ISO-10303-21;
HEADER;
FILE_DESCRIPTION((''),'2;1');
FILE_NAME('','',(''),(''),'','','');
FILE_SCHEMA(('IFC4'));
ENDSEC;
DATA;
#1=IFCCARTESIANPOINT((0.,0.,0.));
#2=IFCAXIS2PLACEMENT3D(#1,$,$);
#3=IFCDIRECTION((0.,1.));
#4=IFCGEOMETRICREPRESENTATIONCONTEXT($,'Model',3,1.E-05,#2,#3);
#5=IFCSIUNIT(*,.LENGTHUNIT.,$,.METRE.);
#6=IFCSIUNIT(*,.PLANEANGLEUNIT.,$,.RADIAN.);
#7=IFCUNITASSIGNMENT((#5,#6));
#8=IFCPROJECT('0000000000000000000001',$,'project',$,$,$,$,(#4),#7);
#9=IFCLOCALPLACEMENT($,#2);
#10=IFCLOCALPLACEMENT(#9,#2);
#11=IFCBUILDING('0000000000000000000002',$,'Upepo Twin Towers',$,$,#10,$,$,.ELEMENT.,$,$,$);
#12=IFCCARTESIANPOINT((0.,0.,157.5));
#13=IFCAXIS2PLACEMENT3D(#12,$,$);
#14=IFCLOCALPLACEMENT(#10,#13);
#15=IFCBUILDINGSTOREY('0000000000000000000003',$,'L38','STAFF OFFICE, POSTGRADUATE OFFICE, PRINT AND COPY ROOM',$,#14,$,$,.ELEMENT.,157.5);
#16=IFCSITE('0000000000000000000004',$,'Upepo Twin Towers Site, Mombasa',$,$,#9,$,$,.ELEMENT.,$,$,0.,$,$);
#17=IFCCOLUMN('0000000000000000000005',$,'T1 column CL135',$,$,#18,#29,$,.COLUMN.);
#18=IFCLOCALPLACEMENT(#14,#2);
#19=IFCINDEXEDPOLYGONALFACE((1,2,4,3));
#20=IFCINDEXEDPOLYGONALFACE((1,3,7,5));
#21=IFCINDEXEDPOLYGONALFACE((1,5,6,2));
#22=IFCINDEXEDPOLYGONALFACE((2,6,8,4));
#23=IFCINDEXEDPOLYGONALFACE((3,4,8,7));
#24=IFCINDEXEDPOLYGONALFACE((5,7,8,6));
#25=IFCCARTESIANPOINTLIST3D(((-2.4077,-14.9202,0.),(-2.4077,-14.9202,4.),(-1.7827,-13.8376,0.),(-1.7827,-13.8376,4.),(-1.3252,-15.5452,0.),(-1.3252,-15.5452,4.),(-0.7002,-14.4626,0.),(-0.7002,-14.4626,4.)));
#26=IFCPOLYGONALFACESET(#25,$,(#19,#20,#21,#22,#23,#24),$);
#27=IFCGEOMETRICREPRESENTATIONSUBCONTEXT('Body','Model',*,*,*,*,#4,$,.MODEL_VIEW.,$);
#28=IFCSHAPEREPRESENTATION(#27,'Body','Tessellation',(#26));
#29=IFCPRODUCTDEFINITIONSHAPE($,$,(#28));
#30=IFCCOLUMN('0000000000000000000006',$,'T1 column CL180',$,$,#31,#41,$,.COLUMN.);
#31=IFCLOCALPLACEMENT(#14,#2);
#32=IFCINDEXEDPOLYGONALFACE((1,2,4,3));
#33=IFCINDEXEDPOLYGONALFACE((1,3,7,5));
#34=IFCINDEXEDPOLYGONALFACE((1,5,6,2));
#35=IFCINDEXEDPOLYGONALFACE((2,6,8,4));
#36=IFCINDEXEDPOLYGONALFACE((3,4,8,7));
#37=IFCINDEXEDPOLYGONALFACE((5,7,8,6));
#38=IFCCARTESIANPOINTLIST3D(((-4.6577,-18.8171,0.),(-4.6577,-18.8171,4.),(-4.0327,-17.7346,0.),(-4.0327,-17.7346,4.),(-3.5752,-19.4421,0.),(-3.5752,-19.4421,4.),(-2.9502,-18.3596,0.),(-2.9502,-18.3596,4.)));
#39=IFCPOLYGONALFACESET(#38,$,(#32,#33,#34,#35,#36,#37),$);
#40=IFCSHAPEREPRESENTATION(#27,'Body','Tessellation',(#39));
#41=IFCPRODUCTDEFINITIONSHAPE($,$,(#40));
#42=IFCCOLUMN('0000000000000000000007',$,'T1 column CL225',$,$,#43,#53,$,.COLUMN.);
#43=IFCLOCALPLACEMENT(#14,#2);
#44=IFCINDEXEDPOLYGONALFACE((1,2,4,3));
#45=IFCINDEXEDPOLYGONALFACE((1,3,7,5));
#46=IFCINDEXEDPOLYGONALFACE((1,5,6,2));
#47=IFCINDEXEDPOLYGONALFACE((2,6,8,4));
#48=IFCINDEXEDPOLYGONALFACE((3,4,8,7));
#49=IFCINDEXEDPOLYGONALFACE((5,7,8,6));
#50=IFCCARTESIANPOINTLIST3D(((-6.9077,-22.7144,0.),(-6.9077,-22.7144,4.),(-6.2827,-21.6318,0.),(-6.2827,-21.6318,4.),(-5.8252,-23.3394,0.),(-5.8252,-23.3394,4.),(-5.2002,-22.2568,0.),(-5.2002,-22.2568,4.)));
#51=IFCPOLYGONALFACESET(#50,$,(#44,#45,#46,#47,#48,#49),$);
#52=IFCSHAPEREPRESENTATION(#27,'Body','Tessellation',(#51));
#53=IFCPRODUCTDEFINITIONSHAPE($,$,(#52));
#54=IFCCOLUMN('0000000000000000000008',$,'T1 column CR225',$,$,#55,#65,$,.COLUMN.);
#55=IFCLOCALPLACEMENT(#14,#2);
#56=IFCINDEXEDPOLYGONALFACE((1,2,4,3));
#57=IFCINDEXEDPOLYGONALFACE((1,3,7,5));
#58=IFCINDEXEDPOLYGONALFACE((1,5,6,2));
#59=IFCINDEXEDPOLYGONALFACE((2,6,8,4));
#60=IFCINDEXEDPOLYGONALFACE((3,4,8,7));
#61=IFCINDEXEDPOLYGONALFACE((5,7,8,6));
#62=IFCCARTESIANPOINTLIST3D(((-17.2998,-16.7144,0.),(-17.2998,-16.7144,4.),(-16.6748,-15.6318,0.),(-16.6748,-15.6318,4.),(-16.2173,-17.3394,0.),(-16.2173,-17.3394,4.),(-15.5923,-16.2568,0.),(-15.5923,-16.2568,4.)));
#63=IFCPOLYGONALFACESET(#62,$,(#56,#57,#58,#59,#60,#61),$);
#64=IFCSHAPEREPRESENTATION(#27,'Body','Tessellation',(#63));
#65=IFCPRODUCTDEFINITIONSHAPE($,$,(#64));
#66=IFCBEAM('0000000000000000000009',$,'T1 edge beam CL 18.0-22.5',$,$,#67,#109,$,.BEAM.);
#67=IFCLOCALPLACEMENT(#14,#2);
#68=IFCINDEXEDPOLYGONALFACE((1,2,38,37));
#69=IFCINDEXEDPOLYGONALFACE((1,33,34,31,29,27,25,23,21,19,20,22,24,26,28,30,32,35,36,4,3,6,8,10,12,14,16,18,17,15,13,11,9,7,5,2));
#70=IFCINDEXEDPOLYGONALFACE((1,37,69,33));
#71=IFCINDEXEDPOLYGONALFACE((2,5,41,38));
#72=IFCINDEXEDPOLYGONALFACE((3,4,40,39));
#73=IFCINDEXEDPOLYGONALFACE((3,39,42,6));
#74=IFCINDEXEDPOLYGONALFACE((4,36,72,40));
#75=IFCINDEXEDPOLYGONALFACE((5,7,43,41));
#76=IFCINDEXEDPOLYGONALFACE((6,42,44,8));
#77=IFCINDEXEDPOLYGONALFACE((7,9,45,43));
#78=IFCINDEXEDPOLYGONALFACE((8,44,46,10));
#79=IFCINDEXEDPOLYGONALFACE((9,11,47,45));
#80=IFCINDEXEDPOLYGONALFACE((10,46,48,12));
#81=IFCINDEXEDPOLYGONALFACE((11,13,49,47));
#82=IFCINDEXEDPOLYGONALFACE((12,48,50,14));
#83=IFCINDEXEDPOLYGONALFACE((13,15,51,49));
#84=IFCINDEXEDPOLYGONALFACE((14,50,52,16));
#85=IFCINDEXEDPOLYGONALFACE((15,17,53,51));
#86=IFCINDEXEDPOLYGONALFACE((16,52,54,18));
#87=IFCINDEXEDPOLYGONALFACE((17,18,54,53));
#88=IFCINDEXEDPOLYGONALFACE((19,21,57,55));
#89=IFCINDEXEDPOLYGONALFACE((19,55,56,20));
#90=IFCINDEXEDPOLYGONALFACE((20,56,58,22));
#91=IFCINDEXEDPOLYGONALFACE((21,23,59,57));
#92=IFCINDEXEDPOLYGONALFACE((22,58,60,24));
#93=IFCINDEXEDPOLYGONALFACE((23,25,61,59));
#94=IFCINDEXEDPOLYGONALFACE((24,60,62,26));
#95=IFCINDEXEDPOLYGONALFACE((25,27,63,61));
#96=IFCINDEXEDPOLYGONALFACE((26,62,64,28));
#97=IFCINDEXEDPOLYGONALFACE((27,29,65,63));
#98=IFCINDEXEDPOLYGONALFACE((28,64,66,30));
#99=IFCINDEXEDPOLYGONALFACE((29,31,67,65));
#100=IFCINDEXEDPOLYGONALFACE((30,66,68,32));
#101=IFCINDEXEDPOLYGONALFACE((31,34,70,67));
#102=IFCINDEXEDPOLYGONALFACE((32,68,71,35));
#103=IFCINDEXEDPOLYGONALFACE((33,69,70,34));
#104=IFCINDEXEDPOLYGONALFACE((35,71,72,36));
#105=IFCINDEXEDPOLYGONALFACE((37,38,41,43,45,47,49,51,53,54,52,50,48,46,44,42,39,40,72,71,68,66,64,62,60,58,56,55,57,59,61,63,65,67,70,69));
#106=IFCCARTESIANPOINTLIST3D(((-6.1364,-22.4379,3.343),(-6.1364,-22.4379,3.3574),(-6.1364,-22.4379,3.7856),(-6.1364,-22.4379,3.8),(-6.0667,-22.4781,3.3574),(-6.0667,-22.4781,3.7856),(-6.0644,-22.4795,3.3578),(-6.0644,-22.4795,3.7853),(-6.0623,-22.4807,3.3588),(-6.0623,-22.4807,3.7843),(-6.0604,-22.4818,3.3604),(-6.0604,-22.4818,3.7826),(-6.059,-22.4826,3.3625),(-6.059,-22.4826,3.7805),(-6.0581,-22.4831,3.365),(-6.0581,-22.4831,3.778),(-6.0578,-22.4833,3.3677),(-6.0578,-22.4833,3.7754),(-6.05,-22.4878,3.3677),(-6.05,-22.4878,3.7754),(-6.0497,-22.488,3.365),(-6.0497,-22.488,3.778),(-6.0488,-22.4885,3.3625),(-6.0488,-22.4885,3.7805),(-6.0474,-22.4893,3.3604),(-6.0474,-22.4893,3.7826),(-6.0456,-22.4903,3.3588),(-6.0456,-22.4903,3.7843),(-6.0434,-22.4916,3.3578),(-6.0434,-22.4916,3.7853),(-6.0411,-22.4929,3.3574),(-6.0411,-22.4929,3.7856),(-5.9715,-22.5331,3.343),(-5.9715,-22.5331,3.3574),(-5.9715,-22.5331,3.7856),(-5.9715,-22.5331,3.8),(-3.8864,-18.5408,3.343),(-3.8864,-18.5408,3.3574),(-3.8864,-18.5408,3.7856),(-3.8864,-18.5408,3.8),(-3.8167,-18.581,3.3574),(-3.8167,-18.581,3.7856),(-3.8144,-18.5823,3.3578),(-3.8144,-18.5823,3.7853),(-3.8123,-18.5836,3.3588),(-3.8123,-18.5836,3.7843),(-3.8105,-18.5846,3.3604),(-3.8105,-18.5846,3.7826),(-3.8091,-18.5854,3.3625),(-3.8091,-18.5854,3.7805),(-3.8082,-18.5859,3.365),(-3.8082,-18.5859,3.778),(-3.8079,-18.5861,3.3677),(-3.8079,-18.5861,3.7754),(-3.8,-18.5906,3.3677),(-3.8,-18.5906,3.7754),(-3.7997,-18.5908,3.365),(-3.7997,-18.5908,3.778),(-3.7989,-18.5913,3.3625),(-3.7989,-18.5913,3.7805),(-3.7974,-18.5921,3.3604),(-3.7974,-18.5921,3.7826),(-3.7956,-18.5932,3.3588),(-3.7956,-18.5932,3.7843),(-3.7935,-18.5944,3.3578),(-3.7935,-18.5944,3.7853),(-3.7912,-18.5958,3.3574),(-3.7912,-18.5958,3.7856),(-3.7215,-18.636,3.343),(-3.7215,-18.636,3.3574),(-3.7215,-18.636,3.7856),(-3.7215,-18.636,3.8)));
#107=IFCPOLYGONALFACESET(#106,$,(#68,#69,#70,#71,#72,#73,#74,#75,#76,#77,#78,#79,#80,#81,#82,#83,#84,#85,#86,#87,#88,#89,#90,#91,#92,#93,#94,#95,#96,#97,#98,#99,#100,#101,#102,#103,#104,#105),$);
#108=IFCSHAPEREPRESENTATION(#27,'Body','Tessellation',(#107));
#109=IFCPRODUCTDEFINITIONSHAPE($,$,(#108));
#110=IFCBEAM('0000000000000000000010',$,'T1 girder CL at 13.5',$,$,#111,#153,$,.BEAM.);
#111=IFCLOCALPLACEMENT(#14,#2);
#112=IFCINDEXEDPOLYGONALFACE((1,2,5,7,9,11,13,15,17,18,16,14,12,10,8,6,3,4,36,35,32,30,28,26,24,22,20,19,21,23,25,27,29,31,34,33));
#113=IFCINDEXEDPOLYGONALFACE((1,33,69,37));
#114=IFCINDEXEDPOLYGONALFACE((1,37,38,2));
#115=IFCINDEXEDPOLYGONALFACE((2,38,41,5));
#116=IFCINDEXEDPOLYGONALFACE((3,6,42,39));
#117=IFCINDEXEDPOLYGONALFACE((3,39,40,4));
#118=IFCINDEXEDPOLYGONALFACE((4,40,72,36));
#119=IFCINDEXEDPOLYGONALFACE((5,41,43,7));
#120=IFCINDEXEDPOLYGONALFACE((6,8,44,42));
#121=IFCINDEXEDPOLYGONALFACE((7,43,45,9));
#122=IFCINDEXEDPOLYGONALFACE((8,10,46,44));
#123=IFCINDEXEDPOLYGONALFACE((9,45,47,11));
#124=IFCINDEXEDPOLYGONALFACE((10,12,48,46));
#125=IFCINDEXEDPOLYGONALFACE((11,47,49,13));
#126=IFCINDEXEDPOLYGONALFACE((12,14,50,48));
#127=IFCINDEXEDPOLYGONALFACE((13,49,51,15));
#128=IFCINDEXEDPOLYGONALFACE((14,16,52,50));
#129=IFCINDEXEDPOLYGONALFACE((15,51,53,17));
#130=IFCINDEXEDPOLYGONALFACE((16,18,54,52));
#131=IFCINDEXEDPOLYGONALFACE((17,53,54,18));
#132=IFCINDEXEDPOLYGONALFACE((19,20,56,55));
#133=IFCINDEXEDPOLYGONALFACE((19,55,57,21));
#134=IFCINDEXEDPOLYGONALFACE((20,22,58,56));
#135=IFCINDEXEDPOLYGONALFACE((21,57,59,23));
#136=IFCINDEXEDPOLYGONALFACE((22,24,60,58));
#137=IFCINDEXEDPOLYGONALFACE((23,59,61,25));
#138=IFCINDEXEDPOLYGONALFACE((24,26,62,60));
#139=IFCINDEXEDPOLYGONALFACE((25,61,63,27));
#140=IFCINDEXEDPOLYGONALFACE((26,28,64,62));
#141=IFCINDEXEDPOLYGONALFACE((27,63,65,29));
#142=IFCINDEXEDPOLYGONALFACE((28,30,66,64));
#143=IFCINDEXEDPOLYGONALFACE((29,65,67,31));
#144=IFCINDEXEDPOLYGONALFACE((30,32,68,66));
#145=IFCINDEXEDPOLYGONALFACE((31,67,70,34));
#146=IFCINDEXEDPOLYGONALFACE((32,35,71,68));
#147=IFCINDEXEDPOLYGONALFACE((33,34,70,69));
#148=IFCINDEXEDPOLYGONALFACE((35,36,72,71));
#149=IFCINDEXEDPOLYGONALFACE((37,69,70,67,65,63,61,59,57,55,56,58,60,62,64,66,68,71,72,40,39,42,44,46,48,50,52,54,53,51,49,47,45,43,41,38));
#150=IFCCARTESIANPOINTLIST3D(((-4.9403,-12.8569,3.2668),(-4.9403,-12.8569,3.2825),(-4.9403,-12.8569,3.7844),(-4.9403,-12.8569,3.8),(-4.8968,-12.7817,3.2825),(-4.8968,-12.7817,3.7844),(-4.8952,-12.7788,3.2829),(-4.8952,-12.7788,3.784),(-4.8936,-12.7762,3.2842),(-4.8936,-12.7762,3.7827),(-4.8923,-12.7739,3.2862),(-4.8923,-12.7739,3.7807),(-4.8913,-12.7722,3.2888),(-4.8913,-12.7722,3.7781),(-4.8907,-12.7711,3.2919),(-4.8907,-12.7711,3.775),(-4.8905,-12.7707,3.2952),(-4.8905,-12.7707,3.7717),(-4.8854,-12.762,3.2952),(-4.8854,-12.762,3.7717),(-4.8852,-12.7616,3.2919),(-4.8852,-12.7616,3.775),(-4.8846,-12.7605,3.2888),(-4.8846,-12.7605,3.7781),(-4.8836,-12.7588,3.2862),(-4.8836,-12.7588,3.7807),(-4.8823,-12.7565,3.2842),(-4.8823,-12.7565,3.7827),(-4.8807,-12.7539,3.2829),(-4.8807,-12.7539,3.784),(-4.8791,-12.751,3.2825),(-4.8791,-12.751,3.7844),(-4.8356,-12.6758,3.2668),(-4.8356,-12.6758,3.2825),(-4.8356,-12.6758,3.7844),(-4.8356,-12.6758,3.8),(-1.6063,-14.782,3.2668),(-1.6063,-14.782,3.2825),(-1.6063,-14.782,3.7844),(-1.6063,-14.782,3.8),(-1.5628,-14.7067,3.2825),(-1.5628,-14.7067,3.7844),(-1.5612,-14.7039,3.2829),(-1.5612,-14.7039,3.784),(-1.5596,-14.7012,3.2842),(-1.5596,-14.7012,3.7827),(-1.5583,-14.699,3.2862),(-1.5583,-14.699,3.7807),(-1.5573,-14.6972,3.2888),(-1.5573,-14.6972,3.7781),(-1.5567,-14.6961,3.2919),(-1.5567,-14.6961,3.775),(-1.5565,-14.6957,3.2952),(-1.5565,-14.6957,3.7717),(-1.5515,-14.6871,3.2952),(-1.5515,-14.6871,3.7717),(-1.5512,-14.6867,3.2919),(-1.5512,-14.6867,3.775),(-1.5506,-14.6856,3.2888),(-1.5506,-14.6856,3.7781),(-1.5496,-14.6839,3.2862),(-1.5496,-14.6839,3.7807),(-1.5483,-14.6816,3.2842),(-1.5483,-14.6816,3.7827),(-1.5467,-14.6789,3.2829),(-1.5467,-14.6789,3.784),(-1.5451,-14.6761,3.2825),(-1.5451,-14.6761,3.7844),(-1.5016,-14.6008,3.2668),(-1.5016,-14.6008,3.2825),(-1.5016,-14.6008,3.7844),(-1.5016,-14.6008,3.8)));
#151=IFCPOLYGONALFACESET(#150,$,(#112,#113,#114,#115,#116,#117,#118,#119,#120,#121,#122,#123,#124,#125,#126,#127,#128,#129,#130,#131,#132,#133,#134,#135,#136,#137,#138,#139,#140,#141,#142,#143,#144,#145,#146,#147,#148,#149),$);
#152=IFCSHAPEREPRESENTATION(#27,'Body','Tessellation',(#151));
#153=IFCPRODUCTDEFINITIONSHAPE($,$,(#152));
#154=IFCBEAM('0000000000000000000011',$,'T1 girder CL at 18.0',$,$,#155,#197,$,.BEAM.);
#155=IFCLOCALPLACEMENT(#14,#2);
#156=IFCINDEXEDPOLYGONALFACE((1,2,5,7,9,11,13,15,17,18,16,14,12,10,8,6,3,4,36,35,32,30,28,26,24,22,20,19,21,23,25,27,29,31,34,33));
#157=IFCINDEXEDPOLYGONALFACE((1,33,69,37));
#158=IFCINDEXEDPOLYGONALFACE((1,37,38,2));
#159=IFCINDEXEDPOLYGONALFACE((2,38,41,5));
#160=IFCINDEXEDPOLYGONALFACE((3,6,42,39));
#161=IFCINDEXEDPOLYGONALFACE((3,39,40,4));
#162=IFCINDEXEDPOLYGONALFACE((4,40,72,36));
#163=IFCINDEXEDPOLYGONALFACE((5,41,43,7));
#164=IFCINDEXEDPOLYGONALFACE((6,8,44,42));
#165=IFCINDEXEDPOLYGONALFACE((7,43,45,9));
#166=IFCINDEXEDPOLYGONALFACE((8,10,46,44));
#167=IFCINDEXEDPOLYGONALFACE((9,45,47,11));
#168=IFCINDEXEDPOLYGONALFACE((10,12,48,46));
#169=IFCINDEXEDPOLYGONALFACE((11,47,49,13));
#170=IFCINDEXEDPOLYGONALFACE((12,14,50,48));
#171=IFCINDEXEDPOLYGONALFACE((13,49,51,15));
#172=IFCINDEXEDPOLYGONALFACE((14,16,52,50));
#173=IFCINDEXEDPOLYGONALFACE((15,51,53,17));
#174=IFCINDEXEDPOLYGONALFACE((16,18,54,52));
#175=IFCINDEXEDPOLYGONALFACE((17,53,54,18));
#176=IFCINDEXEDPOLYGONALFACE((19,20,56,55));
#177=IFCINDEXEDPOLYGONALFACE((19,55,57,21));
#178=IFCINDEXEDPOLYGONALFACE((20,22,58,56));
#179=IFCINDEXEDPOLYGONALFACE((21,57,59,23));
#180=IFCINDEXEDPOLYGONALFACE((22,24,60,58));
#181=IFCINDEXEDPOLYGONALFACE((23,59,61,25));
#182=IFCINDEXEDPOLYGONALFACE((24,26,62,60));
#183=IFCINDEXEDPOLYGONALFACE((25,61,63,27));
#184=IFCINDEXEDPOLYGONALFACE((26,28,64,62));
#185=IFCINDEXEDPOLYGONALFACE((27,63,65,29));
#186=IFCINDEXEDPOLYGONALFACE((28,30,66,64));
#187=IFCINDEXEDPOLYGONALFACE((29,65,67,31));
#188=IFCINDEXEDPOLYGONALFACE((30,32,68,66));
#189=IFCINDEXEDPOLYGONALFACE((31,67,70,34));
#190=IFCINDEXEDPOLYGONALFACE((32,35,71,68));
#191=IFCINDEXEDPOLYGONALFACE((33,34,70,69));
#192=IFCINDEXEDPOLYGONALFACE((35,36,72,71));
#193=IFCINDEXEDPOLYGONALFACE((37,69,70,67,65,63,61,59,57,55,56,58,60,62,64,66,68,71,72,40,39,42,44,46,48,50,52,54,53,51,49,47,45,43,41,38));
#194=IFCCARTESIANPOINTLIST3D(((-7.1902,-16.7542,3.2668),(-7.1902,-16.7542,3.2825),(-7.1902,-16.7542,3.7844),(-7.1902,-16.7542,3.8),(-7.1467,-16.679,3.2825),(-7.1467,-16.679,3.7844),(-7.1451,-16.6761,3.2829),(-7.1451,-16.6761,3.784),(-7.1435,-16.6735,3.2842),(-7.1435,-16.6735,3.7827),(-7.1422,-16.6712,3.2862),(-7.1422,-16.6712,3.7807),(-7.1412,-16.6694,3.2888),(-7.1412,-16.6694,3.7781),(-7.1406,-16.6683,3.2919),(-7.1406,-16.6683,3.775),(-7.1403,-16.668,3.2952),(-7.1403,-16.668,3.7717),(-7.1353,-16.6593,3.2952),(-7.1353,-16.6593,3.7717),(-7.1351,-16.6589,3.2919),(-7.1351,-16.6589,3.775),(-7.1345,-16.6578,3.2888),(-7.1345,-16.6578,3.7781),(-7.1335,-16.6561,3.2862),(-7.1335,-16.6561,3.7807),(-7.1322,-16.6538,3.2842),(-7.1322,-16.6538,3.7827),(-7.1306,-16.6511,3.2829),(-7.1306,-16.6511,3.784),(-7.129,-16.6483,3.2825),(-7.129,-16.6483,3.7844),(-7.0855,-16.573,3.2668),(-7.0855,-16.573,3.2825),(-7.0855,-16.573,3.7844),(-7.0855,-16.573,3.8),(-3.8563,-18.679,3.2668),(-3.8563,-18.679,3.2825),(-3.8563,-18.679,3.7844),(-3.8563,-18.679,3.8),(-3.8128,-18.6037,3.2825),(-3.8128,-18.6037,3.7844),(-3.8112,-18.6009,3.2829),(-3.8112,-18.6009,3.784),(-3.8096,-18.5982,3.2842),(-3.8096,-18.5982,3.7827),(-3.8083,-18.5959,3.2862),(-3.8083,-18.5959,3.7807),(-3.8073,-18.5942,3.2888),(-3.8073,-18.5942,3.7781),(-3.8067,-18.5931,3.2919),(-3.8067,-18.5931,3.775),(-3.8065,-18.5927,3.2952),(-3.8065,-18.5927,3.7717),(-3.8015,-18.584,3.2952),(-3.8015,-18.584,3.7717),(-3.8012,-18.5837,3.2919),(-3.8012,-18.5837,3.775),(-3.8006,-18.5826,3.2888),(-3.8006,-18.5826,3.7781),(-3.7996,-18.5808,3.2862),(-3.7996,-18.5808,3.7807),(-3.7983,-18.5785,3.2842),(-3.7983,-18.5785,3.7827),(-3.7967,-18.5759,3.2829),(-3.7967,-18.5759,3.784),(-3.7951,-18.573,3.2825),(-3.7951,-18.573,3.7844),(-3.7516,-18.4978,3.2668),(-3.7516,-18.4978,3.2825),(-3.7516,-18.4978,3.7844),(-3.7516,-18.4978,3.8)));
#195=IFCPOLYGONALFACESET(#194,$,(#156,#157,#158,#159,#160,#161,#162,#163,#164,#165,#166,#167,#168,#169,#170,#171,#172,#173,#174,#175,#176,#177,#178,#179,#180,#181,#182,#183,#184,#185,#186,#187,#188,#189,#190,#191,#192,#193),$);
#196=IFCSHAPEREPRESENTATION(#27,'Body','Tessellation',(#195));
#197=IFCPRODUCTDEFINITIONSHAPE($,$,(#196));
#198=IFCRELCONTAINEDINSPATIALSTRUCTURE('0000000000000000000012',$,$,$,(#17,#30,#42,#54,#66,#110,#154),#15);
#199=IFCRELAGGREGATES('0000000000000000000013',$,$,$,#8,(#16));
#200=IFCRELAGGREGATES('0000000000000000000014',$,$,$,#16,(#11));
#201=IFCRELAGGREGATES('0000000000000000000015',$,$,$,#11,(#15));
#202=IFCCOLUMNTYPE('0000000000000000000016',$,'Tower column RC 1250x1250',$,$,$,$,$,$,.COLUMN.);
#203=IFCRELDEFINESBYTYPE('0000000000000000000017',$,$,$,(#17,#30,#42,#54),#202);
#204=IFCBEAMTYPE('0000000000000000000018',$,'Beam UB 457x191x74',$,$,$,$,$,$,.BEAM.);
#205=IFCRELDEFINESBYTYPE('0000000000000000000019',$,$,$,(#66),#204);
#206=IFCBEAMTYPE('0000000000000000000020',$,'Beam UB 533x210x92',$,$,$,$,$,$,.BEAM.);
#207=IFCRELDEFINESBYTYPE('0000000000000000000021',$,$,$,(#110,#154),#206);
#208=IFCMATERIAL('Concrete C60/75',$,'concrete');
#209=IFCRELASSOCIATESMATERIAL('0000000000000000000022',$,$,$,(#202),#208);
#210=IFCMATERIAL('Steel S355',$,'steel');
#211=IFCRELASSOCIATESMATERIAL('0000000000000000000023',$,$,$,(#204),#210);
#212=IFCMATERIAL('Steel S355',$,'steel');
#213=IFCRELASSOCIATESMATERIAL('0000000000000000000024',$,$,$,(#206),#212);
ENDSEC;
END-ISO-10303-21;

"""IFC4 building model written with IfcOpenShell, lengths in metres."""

from ifc_helpers import new_model, si_unit, direction, frame, origin, origin_2d, place, context, subcontext, project, spatial, rectangle, i_section, extrude, material, material_profile, profile_set, type_object, element, save


model = new_model("IFC4")

# Units and contexts
model_context = context("Model", 3, precision=1e-05, world=origin(), true_north=direction((0.0, 1.0)))
body_context = subcontext(model_context, "Body", "Model", "MODEL_VIEW")
ifc_project = project(units=[si_unit("LENGTHUNIT", "METRE"), si_unit("PLANEANGLEUNIT", "RADIAN")], contexts=[model_context])

# Site, building, storey
site_placement = place(None, origin())
site = spatial("IfcSite", under=ifc_project, at=site_placement, Name="Upepo Twin Towers Site, Mombasa", CompositionType="ELEMENT", RefElevation=0.0)
building_placement = place(site_placement, origin())
building = spatial("IfcBuilding", under=site, at=building_placement, Name="Upepo Twin Towers", CompositionType="ELEMENT")
storey_placement = place(building_placement, frame((0.0, 0.0, 157.5)))
storey = spatial("IfcBuildingStorey", under=building, at=storey_placement, Name="L38", Description="STAFF OFFICE, POSTGRADUATE OFFICE, PRINT AND COPY ROOM", CompositionType="ELEMENT", Elevation=157.5)

# Columns
ifc_material_1 = material(Name="Concrete C60/75", Category="concrete")
ifc_material_profile_1 = material_profile(ifc_material_1, rectangle(XDim=1.25, YDim=1.25, at=origin_2d()), Name="RC 1250x1250")
ifc_profile_set_1 = profile_set([ifc_material_profile_1], Name="Concrete C60/75")
column_type = type_object("IfcColumnType", Name="Tower column RC 1250x1250", PredefinedType="COLUMN", material=ifc_profile_set_1)
for number, where, z_axis, x_axis, name in (
    (1, (-1.554, -14.6914, 0.0), (0.0, 0.0, 1.0), (0.5, 0.866025, 0.0), "T1 column CL135"),
    (2, (-3.804, -18.5884, 0.0), (0.0, 0.0, 1.0), (0.5, 0.866025, 0.0), "T1 column CL180"),
    (3, (-6.054, -22.4856, 0.0), (0.0, 0.0, 1.0), (0.5, 0.866025, 0.0), "T1 column CL225"),
    (4, (-16.446, -16.4856, 0.0), (0.0, 0.0, 1.0), (0.5, 0.866025, 0.0), "T1 column CR225"),
):
    element("IfcColumn", number, at=place(storey_placement, frame(where, z_axis=z_axis, x_axis=x_axis)), inside=storey, type_object=column_type, Name=name, PredefinedType="COLUMN", context=body_context, shape_type="SweptSolid", body=[
        extrude(rectangle(XDim=1.25, YDim=1.25, at=origin_2d()), origin(), (0.0, 0.0, 1.0), 4.0),
    ])

# Beams
ifc_material_2 = material(Name="Steel S355", Category="steel")
ifc_material_profile_2 = material_profile(ifc_material_2, i_section(OverallWidth=0.1904, OverallDepth=0.457, WebThickness=0.009, FlangeThickness=0.0144, FilletRadius=0.0103, at=origin_2d()), Name="UB 457x191x74")
ifc_profile_set_2 = profile_set([ifc_material_profile_2], Name="Steel S355")
beam_type_1 = type_object("IfcBeamType", Name="Beam UB 457x191x74", PredefinedType="BEAM", material=ifc_profile_set_2)
beam_1_placement = place(storey_placement, frame((-3.804, -18.5884, 3.5715), z_axis=(-0.49999, -0.866031, 0.0), x_axis=(0.866031, -0.49999, 0.0)))
element("IfcBeam", 5, at=beam_1_placement, inside=storey, type_object=beam_type_1, Name="T1 edge beam CL 18.0-22.5", PredefinedType="BEAM", context=body_context, shape_type="SweptSolid", body=[
    extrude(i_section(OverallWidth=0.1904, OverallDepth=0.457, WebThickness=0.009, FlangeThickness=0.0144, FilletRadius=0.0103, at=origin_2d()), origin(), (0.0, 0.0, 1.0), 4.5),
])
ifc_material_3 = material(Name="Steel S355", Category="steel")
ifc_material_profile_3 = material_profile(ifc_material_3, i_section(OverallWidth=0.2092, OverallDepth=0.5332, WebThickness=0.01, FlangeThickness=0.0156, FilletRadius=0.0127, at=origin_2d()), Name="UB 533x210x92")
ifc_profile_set_3 = profile_set([ifc_material_profile_3], Name="Steel S355")
beam_type_2 = type_object("IfcBeamType", Name="Beam UB 533x210x92", PredefinedType="BEAM", material=ifc_profile_set_3)
beam_2_placement = place(storey_placement, frame((-1.554, -14.6914, 3.5334), z_axis=(-0.866006, 0.500034, 0.0), x_axis=(-0.500034, -0.866006, 0.0)))
element("IfcBeam", 6, at=beam_2_placement, inside=storey, type_object=beam_type_2, Name="T1 girder CL at 13.5", PredefinedType="BEAM", context=body_context, shape_type="SweptSolid", body=[
    extrude(i_section(OverallWidth=0.2092, OverallDepth=0.5332, WebThickness=0.01, FlangeThickness=0.0156, FilletRadius=0.0127, at=origin_2d()), origin(), (0.0, 0.0, 1.0), 3.8499),
])
beam_3_placement = place(storey_placement, frame((-3.804, -18.5884, 3.5334), z_axis=(-0.866034, 0.499986, 0.0), x_axis=(-0.499986, -0.866034, 0.0)))
element("IfcBeam", 7, at=beam_3_placement, inside=storey, type_object=beam_type_2, Name="T1 girder CL at 18.0", PredefinedType="BEAM", context=body_context, shape_type="SweptSolid", body=[
    extrude(i_section(OverallWidth=0.2092, OverallDepth=0.5332, WebThickness=0.01, FlangeThickness=0.0156, FilletRadius=0.0127, at=origin_2d()), origin(), (0.0, 0.0, 1.0), 3.8496),
])

save(model, "model.ifc")
